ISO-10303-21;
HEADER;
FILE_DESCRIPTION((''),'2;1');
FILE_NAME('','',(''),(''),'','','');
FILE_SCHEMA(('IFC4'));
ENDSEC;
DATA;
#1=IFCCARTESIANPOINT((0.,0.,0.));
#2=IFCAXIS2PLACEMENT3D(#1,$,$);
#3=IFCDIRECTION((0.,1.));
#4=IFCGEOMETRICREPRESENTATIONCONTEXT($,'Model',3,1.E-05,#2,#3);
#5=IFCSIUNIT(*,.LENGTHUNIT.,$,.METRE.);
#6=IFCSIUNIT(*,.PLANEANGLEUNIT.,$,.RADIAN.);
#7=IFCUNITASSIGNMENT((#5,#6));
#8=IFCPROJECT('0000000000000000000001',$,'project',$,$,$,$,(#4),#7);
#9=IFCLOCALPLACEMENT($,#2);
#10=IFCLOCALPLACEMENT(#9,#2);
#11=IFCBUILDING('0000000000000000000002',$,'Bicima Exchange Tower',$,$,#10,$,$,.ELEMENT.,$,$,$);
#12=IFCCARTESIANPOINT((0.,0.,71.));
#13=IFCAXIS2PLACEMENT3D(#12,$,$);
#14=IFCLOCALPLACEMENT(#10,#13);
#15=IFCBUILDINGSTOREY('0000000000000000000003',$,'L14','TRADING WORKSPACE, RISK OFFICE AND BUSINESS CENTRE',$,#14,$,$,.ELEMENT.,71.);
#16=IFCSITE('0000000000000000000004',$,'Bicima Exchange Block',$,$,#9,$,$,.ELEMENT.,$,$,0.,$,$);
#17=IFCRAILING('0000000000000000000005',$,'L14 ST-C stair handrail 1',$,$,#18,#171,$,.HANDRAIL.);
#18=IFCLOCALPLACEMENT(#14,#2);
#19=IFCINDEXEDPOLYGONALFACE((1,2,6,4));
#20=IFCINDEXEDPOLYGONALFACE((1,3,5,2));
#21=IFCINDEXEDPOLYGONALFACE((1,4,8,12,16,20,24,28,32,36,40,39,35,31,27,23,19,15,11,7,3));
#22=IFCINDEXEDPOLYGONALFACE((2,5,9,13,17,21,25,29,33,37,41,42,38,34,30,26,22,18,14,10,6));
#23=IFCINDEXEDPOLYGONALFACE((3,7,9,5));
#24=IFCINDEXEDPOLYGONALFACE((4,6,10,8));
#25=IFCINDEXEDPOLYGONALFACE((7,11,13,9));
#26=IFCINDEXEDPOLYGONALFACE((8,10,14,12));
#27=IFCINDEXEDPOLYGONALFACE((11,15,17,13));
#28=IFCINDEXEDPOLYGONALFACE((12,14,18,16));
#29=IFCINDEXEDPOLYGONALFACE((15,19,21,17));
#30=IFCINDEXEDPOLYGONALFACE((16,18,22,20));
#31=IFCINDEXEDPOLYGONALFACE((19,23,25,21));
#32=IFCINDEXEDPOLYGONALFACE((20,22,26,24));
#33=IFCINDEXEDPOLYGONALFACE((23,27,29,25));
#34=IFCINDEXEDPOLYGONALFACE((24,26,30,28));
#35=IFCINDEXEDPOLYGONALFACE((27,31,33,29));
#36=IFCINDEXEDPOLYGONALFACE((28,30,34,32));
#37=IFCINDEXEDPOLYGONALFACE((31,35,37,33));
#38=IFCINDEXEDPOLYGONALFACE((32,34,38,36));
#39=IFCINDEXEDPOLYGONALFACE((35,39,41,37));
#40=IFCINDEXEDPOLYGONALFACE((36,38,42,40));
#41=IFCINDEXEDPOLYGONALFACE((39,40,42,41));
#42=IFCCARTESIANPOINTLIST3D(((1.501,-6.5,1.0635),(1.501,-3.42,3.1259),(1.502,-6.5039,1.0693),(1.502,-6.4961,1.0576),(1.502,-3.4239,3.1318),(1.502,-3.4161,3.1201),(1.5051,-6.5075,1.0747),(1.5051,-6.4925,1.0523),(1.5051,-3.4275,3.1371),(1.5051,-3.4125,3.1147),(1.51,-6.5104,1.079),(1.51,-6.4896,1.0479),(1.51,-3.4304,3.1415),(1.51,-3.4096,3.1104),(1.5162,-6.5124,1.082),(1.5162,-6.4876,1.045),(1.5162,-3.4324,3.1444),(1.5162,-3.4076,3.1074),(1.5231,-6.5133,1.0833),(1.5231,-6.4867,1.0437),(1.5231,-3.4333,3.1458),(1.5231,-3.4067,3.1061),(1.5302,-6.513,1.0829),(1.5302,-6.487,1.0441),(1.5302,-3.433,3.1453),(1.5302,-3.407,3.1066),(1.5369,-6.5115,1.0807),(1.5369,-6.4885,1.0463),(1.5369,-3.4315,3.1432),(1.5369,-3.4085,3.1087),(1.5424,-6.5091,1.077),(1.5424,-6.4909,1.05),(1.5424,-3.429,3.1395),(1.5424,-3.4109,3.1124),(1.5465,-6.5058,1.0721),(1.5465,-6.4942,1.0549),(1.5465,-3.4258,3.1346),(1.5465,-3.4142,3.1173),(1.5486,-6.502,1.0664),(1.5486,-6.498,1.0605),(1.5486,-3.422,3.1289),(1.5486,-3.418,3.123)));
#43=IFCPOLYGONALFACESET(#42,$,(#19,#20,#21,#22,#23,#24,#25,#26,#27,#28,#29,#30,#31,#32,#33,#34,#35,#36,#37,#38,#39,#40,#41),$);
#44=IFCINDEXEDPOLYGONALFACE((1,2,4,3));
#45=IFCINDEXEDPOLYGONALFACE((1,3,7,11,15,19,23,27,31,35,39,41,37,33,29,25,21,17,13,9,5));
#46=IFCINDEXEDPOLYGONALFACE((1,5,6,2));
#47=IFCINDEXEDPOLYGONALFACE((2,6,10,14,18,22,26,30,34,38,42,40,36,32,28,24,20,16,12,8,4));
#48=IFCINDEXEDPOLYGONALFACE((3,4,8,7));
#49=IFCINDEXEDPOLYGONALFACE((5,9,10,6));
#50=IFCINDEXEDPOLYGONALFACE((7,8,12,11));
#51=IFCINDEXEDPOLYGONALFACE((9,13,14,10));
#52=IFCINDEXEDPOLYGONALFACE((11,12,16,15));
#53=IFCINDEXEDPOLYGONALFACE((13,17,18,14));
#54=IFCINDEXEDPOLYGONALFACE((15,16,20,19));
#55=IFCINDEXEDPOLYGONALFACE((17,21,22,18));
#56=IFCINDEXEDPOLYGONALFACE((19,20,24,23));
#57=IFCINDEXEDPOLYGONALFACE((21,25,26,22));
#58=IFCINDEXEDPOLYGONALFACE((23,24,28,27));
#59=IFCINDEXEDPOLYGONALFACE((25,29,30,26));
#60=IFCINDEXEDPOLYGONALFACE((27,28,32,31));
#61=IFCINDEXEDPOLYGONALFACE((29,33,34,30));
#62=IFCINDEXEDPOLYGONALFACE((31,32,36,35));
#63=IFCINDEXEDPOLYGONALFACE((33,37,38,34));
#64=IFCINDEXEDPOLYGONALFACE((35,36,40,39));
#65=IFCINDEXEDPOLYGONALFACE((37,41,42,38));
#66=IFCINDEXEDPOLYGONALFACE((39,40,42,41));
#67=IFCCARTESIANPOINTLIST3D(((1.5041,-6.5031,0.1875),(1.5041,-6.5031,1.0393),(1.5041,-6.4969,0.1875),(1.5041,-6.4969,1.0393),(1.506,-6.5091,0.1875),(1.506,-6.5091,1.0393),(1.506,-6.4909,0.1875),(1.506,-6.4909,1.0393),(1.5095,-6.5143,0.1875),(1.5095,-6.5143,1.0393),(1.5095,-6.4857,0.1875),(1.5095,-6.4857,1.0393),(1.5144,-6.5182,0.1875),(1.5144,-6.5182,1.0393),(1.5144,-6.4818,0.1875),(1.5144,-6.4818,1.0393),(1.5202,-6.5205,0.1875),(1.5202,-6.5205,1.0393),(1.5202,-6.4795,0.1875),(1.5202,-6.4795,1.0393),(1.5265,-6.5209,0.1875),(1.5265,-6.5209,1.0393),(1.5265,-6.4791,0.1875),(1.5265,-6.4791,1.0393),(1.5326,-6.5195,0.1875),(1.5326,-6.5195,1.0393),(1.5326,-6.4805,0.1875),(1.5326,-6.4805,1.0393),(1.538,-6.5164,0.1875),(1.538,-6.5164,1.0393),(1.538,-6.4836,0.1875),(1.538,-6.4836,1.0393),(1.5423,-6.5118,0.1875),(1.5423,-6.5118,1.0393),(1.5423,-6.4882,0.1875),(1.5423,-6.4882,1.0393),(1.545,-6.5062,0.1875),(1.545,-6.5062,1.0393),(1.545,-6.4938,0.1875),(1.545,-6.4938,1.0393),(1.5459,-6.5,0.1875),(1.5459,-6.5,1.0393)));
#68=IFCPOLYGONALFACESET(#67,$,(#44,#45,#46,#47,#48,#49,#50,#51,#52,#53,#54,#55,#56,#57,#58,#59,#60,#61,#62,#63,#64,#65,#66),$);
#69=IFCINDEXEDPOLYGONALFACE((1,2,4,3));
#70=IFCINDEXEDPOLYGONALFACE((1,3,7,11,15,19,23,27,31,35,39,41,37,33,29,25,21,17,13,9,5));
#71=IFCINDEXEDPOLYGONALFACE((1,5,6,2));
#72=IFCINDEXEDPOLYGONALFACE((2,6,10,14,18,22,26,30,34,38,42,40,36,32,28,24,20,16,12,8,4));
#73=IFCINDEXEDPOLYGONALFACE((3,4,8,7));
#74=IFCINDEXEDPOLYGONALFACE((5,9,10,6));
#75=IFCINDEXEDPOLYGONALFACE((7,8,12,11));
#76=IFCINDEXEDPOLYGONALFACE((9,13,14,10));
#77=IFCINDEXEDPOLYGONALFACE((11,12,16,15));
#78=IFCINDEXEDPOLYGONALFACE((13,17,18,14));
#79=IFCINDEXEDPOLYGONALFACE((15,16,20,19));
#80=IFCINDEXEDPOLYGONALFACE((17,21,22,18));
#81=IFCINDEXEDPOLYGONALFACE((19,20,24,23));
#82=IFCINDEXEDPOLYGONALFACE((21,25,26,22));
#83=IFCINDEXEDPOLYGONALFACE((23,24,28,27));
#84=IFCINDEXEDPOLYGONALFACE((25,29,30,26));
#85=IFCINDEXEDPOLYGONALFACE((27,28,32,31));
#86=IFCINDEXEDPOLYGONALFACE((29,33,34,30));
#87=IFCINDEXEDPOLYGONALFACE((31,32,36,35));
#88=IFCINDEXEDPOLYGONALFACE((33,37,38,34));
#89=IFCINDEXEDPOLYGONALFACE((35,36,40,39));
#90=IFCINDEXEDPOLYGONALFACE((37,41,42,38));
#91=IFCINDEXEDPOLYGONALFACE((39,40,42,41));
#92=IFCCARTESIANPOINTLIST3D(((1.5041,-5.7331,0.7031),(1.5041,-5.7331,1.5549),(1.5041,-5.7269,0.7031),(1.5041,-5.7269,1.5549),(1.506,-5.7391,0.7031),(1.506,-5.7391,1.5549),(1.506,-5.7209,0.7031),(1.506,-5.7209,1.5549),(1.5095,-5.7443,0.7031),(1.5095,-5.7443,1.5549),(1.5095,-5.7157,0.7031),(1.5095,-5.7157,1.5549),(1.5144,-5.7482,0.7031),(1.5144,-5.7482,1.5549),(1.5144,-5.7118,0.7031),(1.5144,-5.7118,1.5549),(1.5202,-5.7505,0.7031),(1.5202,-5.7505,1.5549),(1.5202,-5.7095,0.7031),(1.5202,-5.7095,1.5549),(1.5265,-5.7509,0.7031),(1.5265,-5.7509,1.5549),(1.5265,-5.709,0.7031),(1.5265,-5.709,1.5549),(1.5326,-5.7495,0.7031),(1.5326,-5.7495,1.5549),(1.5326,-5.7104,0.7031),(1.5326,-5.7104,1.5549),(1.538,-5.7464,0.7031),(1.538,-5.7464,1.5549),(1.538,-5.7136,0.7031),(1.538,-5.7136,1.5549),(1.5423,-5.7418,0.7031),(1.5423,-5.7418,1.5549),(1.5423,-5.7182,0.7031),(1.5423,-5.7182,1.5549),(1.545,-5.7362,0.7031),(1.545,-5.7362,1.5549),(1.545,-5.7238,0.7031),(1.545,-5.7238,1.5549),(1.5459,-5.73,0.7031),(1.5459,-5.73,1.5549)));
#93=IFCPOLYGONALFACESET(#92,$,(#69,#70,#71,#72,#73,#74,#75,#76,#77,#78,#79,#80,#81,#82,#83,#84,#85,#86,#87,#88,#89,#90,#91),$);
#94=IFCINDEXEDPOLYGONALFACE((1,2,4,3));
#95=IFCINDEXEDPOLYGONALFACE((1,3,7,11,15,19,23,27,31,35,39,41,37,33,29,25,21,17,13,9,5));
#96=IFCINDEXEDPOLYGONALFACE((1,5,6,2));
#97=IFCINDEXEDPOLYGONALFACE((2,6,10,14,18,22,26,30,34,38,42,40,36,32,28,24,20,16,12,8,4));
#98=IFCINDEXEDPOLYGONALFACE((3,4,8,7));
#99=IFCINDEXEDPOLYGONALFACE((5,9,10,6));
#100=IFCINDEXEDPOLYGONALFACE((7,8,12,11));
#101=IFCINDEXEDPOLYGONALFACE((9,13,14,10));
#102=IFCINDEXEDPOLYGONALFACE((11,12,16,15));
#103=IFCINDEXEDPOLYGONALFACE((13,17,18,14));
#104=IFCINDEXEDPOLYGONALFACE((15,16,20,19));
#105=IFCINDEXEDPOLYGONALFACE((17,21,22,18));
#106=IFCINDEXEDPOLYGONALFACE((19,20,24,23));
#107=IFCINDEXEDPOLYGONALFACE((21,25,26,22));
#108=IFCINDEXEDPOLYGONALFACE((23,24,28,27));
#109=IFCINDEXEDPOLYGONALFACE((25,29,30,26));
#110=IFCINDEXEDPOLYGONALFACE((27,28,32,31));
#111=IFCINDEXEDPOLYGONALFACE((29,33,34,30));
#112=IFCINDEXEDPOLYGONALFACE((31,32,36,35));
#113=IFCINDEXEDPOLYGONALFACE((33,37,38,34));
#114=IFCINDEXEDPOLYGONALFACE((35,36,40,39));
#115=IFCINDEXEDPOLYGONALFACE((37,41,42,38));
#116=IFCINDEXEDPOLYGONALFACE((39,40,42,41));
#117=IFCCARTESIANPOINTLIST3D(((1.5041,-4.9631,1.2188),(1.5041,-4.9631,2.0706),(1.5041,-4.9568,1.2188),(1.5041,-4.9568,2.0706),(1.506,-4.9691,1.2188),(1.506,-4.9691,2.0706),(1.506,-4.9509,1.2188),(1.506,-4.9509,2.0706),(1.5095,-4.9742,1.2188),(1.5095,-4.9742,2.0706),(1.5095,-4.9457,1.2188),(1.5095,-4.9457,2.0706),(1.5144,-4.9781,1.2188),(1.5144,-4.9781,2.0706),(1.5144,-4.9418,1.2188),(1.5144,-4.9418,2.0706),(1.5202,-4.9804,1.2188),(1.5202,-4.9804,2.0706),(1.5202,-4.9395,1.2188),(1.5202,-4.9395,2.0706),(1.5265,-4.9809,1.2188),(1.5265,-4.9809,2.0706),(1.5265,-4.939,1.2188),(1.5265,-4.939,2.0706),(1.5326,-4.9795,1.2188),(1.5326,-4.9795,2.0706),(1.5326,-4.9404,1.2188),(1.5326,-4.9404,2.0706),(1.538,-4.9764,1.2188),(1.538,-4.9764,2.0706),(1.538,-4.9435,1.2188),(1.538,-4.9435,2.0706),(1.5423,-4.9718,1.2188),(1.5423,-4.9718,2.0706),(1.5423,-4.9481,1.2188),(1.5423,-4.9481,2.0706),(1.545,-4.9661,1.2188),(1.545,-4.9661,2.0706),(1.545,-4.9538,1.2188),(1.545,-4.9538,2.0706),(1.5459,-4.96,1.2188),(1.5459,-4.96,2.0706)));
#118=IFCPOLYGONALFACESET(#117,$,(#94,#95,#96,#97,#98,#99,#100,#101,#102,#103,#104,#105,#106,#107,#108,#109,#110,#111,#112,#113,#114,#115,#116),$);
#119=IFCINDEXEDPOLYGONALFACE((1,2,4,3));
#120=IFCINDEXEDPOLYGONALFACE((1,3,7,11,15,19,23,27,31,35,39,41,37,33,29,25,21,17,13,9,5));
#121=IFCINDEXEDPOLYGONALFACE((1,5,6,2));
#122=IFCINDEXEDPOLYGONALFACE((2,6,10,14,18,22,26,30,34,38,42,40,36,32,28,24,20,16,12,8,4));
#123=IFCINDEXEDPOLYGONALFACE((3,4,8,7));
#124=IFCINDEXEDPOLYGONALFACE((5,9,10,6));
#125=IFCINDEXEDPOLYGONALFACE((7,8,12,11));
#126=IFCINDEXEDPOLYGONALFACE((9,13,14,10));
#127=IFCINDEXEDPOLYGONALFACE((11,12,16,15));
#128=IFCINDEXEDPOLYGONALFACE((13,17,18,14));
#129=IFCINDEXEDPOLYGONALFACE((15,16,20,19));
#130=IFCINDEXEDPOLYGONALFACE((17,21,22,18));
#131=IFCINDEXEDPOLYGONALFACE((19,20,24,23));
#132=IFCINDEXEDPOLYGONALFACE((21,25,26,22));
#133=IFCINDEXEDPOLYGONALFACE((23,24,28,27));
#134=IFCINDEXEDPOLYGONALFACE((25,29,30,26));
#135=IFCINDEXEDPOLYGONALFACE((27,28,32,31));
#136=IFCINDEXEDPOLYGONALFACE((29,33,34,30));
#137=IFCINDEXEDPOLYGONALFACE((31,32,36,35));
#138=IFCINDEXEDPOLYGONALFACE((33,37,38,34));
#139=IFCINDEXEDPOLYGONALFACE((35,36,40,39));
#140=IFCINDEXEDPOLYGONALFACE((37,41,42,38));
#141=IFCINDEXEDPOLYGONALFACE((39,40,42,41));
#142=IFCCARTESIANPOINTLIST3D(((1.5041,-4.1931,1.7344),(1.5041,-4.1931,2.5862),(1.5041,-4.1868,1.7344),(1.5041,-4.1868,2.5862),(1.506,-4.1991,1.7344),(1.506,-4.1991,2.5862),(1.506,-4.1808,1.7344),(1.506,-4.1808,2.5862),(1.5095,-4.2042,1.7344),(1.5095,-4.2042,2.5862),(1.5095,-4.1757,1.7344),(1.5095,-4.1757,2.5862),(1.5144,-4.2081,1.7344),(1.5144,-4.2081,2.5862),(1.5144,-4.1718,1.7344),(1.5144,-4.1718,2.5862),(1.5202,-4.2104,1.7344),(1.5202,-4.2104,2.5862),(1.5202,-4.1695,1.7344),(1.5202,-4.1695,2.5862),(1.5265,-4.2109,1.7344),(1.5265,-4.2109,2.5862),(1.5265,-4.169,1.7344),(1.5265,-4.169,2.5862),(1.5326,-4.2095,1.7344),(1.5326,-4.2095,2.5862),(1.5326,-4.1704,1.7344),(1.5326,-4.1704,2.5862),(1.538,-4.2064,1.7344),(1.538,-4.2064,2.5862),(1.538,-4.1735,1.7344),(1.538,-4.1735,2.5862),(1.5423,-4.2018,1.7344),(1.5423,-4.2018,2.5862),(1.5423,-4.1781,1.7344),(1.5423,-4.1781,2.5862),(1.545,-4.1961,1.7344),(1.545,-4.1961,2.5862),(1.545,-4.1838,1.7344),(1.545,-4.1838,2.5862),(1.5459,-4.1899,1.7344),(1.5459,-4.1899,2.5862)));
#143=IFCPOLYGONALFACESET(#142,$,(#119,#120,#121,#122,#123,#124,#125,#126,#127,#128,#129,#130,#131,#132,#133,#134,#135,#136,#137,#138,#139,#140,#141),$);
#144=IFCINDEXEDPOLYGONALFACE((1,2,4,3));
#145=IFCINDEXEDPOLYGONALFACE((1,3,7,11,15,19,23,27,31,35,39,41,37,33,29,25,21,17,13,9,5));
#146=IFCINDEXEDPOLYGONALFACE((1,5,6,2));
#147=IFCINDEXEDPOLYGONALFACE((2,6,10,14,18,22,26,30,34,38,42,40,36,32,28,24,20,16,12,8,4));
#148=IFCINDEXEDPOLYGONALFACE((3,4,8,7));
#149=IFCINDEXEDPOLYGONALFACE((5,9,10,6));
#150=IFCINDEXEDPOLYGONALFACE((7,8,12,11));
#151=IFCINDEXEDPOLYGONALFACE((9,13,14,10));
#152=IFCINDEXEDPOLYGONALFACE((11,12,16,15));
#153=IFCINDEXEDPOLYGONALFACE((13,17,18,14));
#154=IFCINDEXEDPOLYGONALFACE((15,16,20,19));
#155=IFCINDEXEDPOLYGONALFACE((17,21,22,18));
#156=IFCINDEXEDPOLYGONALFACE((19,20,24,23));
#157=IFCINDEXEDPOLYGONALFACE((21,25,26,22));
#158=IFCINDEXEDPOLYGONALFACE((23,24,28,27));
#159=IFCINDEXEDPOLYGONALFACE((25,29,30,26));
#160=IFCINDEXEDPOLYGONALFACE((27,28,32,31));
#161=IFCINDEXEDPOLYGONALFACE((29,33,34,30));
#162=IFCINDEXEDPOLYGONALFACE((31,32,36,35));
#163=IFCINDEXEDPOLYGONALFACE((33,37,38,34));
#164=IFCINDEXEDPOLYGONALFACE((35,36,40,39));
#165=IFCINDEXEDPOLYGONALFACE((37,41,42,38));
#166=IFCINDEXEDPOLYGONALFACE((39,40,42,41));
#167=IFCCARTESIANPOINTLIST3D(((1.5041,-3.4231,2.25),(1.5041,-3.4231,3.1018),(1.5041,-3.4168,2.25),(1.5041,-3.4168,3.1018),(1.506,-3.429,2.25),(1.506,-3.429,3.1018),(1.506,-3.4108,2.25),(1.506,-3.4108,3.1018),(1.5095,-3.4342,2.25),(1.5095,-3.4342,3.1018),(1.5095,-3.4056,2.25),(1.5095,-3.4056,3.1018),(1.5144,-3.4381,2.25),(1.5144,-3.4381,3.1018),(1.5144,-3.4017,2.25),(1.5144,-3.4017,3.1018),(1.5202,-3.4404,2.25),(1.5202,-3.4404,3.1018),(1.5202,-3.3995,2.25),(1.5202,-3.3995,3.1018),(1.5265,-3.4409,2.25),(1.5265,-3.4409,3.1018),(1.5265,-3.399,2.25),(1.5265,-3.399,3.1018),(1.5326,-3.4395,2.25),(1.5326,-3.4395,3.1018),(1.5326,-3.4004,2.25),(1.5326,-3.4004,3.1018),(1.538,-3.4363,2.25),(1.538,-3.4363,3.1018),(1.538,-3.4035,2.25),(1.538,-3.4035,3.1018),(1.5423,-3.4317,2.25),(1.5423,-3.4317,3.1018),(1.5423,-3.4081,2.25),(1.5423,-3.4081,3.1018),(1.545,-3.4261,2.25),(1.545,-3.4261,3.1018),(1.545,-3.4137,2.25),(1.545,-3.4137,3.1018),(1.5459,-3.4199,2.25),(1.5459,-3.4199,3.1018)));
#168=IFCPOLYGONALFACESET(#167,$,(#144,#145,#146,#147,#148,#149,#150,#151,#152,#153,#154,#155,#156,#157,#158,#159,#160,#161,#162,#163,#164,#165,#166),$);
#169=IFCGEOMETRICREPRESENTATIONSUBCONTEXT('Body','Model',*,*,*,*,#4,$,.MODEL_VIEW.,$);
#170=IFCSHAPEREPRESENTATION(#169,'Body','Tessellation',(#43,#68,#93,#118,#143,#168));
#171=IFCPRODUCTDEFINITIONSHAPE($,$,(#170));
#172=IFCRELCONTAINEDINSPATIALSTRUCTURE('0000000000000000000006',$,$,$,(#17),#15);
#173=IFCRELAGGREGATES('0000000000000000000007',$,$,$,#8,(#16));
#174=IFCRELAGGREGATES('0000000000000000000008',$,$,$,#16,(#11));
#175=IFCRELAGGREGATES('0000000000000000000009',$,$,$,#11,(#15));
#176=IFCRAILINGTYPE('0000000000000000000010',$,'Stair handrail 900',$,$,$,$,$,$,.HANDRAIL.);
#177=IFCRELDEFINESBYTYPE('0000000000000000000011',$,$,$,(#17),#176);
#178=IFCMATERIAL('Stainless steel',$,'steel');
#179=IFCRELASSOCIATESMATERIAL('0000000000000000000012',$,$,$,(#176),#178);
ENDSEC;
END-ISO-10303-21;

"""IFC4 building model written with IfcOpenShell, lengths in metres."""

from ifc_helpers import new_model, si_unit, direction, frame, origin, origin_2d, place, context, subcontext, project, spatial, circle, extrude, material, type_object, element, save


model = new_model("IFC4")

# Units and contexts
model_context = context("Model", 3, precision=1e-05, world=origin(), true_north=direction((0.0, 1.0)))
body_context = subcontext(model_context, "Body", "Model", "MODEL_VIEW")
ifc_project = project(units=[si_unit("LENGTHUNIT", "METRE"), si_unit("PLANEANGLEUNIT", "RADIAN")], contexts=[model_context])

# Site, building, storey
site_placement = place(None, origin())
site = spatial("IfcSite", under=ifc_project, at=site_placement, Name="Bicima Exchange Block", CompositionType="ELEMENT", RefElevation=0.0)
building_placement = place(site_placement, origin())
building = spatial("IfcBuilding", under=site, at=building_placement, Name="Bicima Exchange Tower", CompositionType="ELEMENT")
storey_placement = place(building_placement, frame((0.0, 0.0, 71.0)))
storey = spatial("IfcBuildingStorey", under=building, at=storey_placement, Name="L14", Description="TRADING WORKSPACE, RISK OFFICE AND BUSINESS CENTRE", CompositionType="ELEMENT", Elevation=71.0)

# Shared definitions
ifc_material_1 = material(Name="Stainless steel", Category="steel")

# Railing
railing_type_1 = type_object("IfcRailingType", Name="Stair handrail 900", PredefinedType="HANDRAIL", material=ifc_material_1)
railing_1_placement = place(storey_placement, frame((1.5249, -6.5, 0.1875)))
element("IfcRailing", 1, at=railing_1_placement, inside=storey, type_object=railing_type_1, Name="L14 ST-C stair handrail 1", PredefinedType="HANDRAIL", context=body_context, shape_type="SweptSolid", body=[
    extrude(circle(Radius=0.0239, at=origin_2d()), frame((0.0, 0.0, 0.876), z_axis=(0.0, 0.830914, 0.556401), x_axis=(-1.0, 0.0, 0.0)), (0.0, 0.0, 1.0), 3.7068),
    extrude(circle(Radius=0.021, at=origin_2d()), origin(), (0.0, 0.0, 1.0), 0.8518),
    extrude(circle(Radius=0.021, at=origin_2d()), frame((0.0, 0.77, 0.5156)), (0.0, 0.0, 1.0), 0.8518),
    extrude(circle(Radius=0.021, at=origin_2d()), frame((0.0, 1.54, 1.0312)), (0.0, 0.0, 1.0), 0.8518),
    extrude(circle(Radius=0.021, at=origin_2d()), frame((0.0, 2.3101, 1.5469)), (0.0, 0.0, 1.0), 0.8518),
    extrude(circle(Radius=0.021, at=origin_2d()), frame((0.0, 3.0801, 2.0625)), (0.0, 0.0, 1.0), 0.8518),
])

save(model, "model.ifc")
